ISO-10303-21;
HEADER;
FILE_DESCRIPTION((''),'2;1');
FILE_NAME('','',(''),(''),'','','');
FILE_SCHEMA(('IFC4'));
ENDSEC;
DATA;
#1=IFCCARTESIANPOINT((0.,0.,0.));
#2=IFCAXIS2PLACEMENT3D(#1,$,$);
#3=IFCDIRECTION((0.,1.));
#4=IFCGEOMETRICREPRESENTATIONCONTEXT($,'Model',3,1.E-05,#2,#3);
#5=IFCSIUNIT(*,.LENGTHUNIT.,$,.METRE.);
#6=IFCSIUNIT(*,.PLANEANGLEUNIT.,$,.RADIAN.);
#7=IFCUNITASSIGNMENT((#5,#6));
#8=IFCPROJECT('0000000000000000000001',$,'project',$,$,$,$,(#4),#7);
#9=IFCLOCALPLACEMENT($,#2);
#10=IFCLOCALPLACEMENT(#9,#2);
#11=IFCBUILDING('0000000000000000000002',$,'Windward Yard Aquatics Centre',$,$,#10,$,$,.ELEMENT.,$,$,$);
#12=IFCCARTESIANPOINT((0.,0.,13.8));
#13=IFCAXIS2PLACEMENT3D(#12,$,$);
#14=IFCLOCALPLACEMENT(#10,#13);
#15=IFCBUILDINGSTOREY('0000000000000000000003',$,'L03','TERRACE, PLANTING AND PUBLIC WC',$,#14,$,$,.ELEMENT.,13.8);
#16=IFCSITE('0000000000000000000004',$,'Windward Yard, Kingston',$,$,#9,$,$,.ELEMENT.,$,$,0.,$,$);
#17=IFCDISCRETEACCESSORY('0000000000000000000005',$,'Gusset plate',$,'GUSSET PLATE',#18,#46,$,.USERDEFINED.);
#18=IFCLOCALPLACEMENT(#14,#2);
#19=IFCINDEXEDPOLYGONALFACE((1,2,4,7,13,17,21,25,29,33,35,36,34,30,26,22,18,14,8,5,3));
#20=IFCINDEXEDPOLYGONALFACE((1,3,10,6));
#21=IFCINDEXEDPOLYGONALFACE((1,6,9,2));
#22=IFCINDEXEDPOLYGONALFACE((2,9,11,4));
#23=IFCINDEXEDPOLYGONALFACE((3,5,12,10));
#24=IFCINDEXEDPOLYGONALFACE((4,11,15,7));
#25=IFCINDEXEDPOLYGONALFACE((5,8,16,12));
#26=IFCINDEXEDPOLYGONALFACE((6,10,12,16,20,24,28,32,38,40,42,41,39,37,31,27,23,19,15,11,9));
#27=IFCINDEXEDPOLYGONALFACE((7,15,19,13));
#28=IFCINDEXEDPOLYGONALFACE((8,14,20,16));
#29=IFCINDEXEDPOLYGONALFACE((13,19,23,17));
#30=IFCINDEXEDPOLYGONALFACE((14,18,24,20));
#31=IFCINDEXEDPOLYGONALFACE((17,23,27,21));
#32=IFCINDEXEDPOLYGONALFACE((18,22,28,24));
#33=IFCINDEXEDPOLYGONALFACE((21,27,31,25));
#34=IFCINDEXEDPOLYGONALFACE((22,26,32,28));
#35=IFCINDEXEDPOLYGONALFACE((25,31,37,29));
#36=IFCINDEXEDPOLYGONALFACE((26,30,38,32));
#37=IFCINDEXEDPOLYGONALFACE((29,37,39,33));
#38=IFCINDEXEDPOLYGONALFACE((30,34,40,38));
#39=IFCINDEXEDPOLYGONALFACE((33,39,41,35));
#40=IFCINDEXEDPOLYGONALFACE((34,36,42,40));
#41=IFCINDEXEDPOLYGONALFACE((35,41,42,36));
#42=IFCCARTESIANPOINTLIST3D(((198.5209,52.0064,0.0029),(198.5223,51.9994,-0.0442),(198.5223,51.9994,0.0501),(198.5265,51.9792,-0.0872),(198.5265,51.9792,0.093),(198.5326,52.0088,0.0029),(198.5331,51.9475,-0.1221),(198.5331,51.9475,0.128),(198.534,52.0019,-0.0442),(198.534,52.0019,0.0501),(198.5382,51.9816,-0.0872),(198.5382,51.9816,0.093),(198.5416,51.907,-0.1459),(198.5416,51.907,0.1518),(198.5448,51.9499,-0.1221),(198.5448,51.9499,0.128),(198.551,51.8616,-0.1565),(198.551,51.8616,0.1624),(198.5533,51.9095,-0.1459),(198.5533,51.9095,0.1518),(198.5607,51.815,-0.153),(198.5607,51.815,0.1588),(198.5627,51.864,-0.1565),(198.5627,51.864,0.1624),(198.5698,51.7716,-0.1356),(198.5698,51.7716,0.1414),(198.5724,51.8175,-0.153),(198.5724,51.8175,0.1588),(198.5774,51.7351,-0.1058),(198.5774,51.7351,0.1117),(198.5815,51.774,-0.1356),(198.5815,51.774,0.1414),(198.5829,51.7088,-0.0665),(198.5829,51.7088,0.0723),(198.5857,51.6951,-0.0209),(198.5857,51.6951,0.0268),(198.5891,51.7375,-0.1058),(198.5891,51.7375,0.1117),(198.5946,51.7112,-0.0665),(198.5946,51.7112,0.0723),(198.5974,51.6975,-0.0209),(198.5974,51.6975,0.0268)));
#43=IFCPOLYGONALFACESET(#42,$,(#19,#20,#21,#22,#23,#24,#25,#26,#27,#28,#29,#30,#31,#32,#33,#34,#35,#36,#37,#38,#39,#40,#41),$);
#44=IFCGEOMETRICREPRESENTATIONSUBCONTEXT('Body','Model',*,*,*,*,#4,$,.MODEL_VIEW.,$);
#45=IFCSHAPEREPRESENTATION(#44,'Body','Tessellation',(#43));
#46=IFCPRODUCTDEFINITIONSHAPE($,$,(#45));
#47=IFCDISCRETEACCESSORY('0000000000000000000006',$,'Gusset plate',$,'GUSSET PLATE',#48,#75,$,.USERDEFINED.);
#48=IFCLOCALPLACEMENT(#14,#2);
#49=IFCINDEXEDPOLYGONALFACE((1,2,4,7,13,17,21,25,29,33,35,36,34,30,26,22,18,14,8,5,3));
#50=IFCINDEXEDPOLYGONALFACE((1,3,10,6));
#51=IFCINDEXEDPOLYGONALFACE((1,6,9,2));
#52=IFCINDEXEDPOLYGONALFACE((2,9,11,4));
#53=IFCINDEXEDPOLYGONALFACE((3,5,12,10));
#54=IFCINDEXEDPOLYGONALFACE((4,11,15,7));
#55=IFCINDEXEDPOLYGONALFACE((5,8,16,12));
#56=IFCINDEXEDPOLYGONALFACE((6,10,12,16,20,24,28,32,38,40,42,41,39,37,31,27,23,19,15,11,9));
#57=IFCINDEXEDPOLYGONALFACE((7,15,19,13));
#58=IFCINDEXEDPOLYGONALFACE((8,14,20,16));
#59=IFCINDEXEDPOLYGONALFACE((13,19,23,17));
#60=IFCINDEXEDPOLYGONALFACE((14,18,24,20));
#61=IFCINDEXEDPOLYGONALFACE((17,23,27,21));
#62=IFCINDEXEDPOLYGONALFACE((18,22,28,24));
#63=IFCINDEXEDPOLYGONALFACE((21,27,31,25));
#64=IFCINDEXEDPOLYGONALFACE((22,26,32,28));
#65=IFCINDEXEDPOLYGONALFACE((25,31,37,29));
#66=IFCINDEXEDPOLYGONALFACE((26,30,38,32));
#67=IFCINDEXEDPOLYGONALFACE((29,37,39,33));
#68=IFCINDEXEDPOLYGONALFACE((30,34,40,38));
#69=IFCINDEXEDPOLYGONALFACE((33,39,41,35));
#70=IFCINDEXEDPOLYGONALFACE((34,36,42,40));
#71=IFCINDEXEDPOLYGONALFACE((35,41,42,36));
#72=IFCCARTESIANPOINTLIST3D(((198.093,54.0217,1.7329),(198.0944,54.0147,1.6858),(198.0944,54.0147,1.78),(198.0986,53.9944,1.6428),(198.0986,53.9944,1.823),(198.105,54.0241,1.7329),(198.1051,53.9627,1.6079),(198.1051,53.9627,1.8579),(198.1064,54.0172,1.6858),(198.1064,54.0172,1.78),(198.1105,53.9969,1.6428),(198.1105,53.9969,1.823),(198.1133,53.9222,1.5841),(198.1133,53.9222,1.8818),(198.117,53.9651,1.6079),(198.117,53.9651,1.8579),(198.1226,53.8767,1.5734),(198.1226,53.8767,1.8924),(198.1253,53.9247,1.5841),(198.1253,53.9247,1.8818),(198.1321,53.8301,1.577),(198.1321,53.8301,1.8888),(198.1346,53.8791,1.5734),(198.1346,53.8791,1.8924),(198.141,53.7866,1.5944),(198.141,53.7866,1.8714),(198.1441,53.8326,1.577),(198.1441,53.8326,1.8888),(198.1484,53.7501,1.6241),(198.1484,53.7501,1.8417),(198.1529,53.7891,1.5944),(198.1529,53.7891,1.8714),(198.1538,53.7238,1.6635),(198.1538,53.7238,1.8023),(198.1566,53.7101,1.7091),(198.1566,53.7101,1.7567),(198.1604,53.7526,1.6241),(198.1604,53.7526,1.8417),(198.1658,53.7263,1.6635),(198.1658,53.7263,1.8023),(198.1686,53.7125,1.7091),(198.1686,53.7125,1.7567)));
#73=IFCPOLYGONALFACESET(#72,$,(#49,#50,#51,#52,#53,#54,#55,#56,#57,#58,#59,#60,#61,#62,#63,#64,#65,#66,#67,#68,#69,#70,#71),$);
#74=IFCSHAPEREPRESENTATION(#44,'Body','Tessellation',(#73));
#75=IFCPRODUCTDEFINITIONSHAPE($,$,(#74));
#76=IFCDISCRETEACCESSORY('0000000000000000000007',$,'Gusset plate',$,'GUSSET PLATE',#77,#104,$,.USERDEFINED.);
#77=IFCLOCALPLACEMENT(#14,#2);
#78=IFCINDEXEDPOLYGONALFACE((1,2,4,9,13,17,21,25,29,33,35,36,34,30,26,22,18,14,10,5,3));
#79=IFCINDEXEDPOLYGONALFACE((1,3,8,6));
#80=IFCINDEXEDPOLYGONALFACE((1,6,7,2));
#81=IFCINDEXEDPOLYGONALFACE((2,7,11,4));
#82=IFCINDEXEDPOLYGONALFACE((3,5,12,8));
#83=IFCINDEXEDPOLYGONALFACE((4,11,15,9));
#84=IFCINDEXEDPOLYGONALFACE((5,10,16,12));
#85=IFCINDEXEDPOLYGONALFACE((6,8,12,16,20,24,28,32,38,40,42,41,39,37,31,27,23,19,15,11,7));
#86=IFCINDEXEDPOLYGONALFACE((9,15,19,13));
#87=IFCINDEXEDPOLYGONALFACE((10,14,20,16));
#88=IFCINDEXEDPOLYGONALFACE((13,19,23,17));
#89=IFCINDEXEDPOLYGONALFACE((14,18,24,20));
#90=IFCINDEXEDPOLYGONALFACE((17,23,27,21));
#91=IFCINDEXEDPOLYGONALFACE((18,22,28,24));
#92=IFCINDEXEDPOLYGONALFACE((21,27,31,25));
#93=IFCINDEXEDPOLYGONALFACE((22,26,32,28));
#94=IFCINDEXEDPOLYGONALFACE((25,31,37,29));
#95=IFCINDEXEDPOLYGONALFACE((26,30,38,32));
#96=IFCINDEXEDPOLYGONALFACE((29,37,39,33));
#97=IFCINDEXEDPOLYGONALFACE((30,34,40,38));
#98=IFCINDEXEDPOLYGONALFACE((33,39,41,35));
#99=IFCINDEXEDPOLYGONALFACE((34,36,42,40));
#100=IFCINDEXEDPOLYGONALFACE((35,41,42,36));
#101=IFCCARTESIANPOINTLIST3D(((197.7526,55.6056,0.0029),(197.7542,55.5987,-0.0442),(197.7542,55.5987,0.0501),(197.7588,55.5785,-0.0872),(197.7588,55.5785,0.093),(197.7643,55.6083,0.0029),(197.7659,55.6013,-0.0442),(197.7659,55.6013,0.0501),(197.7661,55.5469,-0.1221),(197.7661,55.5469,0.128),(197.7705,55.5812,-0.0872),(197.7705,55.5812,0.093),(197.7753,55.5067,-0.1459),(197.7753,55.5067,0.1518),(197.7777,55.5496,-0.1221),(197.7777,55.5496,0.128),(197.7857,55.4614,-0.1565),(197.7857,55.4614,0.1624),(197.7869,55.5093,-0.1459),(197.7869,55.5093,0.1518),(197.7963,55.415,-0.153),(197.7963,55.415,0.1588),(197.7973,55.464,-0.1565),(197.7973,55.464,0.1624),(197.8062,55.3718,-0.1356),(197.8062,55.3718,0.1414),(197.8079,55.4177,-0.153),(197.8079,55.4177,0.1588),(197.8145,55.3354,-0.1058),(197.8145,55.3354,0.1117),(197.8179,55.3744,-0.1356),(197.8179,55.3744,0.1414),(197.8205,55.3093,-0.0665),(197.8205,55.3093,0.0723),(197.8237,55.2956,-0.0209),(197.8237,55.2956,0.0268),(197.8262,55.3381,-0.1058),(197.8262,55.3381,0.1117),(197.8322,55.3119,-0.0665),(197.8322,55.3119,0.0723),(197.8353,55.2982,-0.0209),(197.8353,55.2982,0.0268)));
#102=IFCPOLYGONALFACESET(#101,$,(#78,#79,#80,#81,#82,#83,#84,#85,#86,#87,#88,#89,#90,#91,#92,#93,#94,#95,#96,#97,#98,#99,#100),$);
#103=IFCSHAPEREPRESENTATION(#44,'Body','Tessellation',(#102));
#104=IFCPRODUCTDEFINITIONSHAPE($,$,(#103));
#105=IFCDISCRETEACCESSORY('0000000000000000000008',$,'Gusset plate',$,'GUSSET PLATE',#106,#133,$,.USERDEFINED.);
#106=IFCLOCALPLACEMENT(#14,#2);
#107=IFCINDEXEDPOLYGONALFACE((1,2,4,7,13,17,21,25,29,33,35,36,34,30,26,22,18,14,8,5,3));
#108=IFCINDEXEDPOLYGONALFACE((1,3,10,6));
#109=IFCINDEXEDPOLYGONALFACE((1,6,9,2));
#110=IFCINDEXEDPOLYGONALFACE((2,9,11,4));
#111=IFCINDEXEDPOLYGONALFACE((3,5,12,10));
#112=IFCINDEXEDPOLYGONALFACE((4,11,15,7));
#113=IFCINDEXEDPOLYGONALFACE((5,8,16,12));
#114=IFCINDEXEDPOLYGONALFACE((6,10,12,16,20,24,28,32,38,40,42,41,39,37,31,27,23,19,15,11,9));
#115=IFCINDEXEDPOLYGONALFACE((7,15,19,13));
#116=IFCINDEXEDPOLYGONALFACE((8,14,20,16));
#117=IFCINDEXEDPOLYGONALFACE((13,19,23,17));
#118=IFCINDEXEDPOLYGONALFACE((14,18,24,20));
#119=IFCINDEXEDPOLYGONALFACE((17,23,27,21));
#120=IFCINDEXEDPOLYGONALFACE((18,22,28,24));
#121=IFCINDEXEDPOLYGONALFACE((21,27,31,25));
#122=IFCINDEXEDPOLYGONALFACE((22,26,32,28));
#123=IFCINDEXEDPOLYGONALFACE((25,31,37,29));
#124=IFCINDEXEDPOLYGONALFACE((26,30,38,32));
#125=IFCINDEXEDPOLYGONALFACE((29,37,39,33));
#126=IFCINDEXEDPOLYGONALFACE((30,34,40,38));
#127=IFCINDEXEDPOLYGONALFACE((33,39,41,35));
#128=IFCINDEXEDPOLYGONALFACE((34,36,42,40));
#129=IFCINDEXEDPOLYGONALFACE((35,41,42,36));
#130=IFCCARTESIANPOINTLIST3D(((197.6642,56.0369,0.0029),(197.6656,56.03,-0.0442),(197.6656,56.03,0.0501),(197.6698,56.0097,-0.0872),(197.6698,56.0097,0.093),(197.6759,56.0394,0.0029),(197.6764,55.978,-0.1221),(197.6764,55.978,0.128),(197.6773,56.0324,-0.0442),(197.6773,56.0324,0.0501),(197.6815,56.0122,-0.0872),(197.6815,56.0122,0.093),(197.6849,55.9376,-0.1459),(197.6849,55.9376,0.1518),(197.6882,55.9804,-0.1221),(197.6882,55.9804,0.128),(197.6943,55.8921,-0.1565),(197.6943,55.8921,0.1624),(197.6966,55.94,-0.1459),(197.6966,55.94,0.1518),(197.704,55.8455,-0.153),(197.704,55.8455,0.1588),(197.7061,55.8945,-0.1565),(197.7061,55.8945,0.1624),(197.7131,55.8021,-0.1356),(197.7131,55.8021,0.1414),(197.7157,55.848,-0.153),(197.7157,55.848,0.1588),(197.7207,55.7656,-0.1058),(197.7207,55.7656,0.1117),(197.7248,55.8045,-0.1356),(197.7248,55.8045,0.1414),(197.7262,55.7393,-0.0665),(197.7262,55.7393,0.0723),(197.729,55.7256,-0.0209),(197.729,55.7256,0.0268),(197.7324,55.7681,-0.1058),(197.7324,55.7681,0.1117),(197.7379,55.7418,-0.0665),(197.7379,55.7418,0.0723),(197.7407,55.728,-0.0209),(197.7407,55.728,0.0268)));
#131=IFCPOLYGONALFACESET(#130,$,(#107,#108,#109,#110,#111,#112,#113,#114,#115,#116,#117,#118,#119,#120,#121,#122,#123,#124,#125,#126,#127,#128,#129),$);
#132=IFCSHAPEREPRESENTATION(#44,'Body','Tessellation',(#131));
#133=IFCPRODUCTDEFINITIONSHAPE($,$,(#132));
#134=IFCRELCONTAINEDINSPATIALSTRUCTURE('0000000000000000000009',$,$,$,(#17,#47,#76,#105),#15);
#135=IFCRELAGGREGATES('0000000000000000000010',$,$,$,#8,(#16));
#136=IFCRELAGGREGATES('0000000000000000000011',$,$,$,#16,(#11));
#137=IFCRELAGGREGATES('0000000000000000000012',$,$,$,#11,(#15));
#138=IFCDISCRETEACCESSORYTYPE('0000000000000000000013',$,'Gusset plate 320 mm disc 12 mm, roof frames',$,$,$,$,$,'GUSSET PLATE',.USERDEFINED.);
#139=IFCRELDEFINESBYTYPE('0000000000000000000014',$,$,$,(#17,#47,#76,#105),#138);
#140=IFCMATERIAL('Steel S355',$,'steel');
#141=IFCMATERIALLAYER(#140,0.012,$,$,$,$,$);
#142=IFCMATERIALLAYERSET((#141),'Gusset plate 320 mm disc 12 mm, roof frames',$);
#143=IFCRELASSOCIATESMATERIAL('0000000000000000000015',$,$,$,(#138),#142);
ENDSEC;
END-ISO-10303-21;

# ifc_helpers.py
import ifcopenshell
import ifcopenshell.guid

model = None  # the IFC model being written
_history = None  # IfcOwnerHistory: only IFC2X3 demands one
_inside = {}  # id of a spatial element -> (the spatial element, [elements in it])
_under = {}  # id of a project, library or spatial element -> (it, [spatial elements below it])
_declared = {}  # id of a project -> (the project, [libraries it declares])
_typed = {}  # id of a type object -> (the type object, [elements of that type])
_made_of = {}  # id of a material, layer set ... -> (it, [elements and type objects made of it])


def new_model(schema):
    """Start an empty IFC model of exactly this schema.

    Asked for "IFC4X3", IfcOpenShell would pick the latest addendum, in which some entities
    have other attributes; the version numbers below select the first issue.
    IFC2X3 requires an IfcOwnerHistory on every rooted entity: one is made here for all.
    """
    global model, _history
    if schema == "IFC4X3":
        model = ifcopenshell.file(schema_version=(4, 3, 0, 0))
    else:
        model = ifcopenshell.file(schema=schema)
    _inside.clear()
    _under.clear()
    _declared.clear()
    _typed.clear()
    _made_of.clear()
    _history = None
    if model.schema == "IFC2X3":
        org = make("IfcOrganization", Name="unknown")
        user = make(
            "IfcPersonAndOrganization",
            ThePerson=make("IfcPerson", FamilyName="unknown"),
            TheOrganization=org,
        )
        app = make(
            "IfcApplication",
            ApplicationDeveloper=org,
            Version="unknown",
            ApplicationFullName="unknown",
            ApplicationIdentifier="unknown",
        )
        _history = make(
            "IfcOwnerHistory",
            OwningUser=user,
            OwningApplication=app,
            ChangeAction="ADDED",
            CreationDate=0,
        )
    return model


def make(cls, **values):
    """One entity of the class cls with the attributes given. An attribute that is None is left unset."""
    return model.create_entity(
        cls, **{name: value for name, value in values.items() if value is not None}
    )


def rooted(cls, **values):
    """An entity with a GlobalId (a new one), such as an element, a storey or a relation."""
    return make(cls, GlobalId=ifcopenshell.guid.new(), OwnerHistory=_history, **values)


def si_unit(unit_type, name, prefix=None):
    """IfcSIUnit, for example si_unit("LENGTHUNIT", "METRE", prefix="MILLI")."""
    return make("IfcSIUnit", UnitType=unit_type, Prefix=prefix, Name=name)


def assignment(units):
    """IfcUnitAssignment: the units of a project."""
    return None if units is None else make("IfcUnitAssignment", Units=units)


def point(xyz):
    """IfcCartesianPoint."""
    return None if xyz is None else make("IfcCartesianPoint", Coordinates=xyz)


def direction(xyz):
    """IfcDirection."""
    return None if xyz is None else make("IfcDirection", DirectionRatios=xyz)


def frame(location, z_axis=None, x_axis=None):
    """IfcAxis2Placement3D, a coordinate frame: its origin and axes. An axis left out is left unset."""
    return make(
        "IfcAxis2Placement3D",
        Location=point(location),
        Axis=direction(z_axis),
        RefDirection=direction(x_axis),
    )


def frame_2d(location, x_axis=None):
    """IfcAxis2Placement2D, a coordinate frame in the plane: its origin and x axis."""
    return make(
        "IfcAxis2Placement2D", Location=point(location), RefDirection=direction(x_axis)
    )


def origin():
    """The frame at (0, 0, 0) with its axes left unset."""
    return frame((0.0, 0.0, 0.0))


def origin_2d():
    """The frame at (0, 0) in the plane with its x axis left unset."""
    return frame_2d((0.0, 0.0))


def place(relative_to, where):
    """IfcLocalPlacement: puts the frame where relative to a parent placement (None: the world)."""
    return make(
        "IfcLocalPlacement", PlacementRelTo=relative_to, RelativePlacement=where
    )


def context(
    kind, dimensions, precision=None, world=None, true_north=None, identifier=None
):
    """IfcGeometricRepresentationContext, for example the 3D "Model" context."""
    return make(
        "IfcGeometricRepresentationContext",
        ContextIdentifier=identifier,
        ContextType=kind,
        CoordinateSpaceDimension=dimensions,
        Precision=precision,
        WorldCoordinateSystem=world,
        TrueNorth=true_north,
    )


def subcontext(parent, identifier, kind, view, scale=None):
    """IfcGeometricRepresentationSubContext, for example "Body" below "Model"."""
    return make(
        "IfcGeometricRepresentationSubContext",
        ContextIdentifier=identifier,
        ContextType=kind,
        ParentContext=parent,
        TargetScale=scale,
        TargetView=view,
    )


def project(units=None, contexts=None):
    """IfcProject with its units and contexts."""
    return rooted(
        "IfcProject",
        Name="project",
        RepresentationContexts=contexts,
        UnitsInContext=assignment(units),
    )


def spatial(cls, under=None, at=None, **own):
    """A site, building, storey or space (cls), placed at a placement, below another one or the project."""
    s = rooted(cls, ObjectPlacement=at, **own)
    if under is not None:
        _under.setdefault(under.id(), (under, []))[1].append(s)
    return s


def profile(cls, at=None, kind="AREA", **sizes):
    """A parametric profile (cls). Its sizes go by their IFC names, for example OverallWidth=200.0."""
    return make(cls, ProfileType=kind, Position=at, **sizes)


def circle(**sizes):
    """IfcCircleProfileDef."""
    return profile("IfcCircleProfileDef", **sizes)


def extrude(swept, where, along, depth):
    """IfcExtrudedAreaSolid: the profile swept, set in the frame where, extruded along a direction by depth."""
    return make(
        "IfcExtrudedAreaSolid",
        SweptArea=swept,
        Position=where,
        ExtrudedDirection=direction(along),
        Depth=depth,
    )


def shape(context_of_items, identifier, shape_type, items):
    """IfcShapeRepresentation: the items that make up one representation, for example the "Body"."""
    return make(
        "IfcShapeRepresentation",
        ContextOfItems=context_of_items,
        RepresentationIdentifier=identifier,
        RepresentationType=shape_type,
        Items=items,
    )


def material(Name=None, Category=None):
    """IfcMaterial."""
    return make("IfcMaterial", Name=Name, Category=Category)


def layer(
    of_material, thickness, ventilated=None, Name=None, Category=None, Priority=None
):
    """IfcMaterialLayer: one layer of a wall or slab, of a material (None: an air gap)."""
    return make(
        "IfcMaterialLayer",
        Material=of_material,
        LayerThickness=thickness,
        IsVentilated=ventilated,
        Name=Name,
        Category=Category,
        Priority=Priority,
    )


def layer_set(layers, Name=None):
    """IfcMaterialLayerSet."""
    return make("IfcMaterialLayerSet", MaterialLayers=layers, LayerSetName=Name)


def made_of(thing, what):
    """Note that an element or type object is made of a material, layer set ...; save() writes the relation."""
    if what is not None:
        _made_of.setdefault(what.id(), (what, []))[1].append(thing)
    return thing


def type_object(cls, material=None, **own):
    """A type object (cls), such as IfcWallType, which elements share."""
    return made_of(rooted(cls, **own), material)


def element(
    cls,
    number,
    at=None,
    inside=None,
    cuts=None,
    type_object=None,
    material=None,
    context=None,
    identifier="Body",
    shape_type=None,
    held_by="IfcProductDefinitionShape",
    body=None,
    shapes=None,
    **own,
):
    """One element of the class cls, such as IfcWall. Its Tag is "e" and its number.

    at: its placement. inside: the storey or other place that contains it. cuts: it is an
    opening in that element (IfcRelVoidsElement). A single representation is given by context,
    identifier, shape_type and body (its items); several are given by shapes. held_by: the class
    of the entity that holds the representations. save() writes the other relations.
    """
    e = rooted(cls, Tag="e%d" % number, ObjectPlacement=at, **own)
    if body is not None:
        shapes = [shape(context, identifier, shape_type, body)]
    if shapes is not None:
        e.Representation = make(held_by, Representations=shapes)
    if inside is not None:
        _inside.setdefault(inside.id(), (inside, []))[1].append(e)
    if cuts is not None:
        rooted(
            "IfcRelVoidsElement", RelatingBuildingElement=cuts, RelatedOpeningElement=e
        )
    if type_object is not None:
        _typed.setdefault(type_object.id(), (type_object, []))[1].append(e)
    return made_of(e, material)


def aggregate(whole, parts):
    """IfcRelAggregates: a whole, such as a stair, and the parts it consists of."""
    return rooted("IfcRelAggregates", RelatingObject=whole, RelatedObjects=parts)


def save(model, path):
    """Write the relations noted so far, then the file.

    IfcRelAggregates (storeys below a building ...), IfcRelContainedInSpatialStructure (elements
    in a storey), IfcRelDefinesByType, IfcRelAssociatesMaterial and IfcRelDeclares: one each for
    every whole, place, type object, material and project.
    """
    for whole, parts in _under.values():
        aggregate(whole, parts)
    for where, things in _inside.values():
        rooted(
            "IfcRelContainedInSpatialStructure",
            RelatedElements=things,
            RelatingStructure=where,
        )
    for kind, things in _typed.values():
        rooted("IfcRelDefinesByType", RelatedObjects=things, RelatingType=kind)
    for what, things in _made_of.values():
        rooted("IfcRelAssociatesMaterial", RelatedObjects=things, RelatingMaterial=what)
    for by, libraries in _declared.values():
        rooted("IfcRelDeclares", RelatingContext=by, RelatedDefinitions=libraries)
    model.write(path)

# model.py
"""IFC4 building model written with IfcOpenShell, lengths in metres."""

from ifc_helpers import new_model, si_unit, direction, frame, origin, origin_2d, place, context, subcontext, project, spatial, circle, extrude, material, layer, layer_set, type_object, element, save


model = new_model("IFC4")

# Units and contexts
model_context = context("Model", 3, precision=1e-05, world=origin(), true_north=direction((0.0, 1.0)))
body_context = subcontext(model_context, "Body", "Model", "MODEL_VIEW")
ifc_project = project(units=[si_unit("LENGTHUNIT", "METRE"), si_unit("PLANEANGLEUNIT", "RADIAN")], contexts=[model_context])

# Site, building, storey
site_placement = place(None, origin())
site = spatial("IfcSite", under=ifc_project, at=site_placement, Name="Windward Yard, Kingston", CompositionType="ELEMENT", RefElevation=0.0)
building_placement = place(site_placement, origin())
building = spatial("IfcBuilding", under=site, at=building_placement, Name="Windward Yard Aquatics Centre", CompositionType="ELEMENT")
storey_placement = place(building_placement, frame((0.0, 0.0, 13.8)))
storey = spatial("IfcBuildingStorey", under=building, at=storey_placement, Name="L03", Description="TERRACE, PLANTING AND PUBLIC WC", CompositionType="ELEMENT", Elevation=13.8)

# Discrete accessories
ifc_material_1 = material(Name="Steel S355", Category="steel")
ifc_layer_1 = layer(ifc_material_1, 0.012)
ifc_layer_set_1 = layer_set([ifc_layer_1], Name="Gusset plate 320 mm disc 12 mm, roof frames")
discrete_accessory_type_1 = type_object("IfcDiscreteAccessoryType", Name="Gusset plate 320 mm disc 12 mm, roof frames", ElementType="GUSSET PLATE", PredefinedType="USERDEFINED", material=ifc_layer_set_1)
for number, where, z_axis, x_axis, name in (
    (1, (198.5535, 51.8499, 0.0029), (0.97898, 0.203954, 0.0), (-0.203954, 0.97898, 0.0), "Gusset plate"),
):
    element("IfcDiscreteAccessory", number, at=place(storey_placement, frame(where, z_axis=z_axis, x_axis=x_axis)), inside=storey, type_object=discrete_accessory_type_1, Name=name, ObjectType="GUSSET PLATE", PredefinedType="USERDEFINED", context=body_context, shape_type="SweptSolid", body=[
        extrude(circle(Radius=0.1599, at=origin_2d()), origin(), (0.0, 0.0, 1.0), 0.012),
    ])
discrete_accessory_1_placement = place(storey_placement, frame((198.125, 53.865, 1.7329), z_axis=(0.979804, 0.19996, 0.0), x_axis=(-0.19996, 0.979804, 0.0)))
element("IfcDiscreteAccessory", 2, at=discrete_accessory_1_placement, inside=storey, type_object=discrete_accessory_type_1, Name="Gusset plate", ObjectType="GUSSET PLATE", PredefinedType="USERDEFINED", context=body_context, shape_type="SweptSolid", body=[
    extrude(circle(Radius=0.1599, at=origin_2d()), origin(), (0.0, 0.0, 1.0), 0.0122),
])
for number, where, z_axis, x_axis, name in (
    (3, (197.7883, 55.4497, 0.0029), (0.974732, 0.223376, 0.0), (-0.223376, 0.974732, 0.0), "Gusset plate"),
    (4, (197.6968, 55.8804, 0.0029), (0.97898, 0.203954, 0.0), (-0.203954, 0.97898, 0.0), "Gusset plate"),
):
    element("IfcDiscreteAccessory", number, at=place(storey_placement, frame(where, z_axis=z_axis, x_axis=x_axis)), inside=storey, type_object=discrete_accessory_type_1, Name=name, ObjectType="GUSSET PLATE", PredefinedType="USERDEFINED", context=body_context, shape_type="SweptSolid", body=[
        extrude(circle(Radius=0.1599, at=origin_2d()), origin(), (0.0, 0.0, 1.0), 0.012),
    ])

save(model, "model.ifc")
